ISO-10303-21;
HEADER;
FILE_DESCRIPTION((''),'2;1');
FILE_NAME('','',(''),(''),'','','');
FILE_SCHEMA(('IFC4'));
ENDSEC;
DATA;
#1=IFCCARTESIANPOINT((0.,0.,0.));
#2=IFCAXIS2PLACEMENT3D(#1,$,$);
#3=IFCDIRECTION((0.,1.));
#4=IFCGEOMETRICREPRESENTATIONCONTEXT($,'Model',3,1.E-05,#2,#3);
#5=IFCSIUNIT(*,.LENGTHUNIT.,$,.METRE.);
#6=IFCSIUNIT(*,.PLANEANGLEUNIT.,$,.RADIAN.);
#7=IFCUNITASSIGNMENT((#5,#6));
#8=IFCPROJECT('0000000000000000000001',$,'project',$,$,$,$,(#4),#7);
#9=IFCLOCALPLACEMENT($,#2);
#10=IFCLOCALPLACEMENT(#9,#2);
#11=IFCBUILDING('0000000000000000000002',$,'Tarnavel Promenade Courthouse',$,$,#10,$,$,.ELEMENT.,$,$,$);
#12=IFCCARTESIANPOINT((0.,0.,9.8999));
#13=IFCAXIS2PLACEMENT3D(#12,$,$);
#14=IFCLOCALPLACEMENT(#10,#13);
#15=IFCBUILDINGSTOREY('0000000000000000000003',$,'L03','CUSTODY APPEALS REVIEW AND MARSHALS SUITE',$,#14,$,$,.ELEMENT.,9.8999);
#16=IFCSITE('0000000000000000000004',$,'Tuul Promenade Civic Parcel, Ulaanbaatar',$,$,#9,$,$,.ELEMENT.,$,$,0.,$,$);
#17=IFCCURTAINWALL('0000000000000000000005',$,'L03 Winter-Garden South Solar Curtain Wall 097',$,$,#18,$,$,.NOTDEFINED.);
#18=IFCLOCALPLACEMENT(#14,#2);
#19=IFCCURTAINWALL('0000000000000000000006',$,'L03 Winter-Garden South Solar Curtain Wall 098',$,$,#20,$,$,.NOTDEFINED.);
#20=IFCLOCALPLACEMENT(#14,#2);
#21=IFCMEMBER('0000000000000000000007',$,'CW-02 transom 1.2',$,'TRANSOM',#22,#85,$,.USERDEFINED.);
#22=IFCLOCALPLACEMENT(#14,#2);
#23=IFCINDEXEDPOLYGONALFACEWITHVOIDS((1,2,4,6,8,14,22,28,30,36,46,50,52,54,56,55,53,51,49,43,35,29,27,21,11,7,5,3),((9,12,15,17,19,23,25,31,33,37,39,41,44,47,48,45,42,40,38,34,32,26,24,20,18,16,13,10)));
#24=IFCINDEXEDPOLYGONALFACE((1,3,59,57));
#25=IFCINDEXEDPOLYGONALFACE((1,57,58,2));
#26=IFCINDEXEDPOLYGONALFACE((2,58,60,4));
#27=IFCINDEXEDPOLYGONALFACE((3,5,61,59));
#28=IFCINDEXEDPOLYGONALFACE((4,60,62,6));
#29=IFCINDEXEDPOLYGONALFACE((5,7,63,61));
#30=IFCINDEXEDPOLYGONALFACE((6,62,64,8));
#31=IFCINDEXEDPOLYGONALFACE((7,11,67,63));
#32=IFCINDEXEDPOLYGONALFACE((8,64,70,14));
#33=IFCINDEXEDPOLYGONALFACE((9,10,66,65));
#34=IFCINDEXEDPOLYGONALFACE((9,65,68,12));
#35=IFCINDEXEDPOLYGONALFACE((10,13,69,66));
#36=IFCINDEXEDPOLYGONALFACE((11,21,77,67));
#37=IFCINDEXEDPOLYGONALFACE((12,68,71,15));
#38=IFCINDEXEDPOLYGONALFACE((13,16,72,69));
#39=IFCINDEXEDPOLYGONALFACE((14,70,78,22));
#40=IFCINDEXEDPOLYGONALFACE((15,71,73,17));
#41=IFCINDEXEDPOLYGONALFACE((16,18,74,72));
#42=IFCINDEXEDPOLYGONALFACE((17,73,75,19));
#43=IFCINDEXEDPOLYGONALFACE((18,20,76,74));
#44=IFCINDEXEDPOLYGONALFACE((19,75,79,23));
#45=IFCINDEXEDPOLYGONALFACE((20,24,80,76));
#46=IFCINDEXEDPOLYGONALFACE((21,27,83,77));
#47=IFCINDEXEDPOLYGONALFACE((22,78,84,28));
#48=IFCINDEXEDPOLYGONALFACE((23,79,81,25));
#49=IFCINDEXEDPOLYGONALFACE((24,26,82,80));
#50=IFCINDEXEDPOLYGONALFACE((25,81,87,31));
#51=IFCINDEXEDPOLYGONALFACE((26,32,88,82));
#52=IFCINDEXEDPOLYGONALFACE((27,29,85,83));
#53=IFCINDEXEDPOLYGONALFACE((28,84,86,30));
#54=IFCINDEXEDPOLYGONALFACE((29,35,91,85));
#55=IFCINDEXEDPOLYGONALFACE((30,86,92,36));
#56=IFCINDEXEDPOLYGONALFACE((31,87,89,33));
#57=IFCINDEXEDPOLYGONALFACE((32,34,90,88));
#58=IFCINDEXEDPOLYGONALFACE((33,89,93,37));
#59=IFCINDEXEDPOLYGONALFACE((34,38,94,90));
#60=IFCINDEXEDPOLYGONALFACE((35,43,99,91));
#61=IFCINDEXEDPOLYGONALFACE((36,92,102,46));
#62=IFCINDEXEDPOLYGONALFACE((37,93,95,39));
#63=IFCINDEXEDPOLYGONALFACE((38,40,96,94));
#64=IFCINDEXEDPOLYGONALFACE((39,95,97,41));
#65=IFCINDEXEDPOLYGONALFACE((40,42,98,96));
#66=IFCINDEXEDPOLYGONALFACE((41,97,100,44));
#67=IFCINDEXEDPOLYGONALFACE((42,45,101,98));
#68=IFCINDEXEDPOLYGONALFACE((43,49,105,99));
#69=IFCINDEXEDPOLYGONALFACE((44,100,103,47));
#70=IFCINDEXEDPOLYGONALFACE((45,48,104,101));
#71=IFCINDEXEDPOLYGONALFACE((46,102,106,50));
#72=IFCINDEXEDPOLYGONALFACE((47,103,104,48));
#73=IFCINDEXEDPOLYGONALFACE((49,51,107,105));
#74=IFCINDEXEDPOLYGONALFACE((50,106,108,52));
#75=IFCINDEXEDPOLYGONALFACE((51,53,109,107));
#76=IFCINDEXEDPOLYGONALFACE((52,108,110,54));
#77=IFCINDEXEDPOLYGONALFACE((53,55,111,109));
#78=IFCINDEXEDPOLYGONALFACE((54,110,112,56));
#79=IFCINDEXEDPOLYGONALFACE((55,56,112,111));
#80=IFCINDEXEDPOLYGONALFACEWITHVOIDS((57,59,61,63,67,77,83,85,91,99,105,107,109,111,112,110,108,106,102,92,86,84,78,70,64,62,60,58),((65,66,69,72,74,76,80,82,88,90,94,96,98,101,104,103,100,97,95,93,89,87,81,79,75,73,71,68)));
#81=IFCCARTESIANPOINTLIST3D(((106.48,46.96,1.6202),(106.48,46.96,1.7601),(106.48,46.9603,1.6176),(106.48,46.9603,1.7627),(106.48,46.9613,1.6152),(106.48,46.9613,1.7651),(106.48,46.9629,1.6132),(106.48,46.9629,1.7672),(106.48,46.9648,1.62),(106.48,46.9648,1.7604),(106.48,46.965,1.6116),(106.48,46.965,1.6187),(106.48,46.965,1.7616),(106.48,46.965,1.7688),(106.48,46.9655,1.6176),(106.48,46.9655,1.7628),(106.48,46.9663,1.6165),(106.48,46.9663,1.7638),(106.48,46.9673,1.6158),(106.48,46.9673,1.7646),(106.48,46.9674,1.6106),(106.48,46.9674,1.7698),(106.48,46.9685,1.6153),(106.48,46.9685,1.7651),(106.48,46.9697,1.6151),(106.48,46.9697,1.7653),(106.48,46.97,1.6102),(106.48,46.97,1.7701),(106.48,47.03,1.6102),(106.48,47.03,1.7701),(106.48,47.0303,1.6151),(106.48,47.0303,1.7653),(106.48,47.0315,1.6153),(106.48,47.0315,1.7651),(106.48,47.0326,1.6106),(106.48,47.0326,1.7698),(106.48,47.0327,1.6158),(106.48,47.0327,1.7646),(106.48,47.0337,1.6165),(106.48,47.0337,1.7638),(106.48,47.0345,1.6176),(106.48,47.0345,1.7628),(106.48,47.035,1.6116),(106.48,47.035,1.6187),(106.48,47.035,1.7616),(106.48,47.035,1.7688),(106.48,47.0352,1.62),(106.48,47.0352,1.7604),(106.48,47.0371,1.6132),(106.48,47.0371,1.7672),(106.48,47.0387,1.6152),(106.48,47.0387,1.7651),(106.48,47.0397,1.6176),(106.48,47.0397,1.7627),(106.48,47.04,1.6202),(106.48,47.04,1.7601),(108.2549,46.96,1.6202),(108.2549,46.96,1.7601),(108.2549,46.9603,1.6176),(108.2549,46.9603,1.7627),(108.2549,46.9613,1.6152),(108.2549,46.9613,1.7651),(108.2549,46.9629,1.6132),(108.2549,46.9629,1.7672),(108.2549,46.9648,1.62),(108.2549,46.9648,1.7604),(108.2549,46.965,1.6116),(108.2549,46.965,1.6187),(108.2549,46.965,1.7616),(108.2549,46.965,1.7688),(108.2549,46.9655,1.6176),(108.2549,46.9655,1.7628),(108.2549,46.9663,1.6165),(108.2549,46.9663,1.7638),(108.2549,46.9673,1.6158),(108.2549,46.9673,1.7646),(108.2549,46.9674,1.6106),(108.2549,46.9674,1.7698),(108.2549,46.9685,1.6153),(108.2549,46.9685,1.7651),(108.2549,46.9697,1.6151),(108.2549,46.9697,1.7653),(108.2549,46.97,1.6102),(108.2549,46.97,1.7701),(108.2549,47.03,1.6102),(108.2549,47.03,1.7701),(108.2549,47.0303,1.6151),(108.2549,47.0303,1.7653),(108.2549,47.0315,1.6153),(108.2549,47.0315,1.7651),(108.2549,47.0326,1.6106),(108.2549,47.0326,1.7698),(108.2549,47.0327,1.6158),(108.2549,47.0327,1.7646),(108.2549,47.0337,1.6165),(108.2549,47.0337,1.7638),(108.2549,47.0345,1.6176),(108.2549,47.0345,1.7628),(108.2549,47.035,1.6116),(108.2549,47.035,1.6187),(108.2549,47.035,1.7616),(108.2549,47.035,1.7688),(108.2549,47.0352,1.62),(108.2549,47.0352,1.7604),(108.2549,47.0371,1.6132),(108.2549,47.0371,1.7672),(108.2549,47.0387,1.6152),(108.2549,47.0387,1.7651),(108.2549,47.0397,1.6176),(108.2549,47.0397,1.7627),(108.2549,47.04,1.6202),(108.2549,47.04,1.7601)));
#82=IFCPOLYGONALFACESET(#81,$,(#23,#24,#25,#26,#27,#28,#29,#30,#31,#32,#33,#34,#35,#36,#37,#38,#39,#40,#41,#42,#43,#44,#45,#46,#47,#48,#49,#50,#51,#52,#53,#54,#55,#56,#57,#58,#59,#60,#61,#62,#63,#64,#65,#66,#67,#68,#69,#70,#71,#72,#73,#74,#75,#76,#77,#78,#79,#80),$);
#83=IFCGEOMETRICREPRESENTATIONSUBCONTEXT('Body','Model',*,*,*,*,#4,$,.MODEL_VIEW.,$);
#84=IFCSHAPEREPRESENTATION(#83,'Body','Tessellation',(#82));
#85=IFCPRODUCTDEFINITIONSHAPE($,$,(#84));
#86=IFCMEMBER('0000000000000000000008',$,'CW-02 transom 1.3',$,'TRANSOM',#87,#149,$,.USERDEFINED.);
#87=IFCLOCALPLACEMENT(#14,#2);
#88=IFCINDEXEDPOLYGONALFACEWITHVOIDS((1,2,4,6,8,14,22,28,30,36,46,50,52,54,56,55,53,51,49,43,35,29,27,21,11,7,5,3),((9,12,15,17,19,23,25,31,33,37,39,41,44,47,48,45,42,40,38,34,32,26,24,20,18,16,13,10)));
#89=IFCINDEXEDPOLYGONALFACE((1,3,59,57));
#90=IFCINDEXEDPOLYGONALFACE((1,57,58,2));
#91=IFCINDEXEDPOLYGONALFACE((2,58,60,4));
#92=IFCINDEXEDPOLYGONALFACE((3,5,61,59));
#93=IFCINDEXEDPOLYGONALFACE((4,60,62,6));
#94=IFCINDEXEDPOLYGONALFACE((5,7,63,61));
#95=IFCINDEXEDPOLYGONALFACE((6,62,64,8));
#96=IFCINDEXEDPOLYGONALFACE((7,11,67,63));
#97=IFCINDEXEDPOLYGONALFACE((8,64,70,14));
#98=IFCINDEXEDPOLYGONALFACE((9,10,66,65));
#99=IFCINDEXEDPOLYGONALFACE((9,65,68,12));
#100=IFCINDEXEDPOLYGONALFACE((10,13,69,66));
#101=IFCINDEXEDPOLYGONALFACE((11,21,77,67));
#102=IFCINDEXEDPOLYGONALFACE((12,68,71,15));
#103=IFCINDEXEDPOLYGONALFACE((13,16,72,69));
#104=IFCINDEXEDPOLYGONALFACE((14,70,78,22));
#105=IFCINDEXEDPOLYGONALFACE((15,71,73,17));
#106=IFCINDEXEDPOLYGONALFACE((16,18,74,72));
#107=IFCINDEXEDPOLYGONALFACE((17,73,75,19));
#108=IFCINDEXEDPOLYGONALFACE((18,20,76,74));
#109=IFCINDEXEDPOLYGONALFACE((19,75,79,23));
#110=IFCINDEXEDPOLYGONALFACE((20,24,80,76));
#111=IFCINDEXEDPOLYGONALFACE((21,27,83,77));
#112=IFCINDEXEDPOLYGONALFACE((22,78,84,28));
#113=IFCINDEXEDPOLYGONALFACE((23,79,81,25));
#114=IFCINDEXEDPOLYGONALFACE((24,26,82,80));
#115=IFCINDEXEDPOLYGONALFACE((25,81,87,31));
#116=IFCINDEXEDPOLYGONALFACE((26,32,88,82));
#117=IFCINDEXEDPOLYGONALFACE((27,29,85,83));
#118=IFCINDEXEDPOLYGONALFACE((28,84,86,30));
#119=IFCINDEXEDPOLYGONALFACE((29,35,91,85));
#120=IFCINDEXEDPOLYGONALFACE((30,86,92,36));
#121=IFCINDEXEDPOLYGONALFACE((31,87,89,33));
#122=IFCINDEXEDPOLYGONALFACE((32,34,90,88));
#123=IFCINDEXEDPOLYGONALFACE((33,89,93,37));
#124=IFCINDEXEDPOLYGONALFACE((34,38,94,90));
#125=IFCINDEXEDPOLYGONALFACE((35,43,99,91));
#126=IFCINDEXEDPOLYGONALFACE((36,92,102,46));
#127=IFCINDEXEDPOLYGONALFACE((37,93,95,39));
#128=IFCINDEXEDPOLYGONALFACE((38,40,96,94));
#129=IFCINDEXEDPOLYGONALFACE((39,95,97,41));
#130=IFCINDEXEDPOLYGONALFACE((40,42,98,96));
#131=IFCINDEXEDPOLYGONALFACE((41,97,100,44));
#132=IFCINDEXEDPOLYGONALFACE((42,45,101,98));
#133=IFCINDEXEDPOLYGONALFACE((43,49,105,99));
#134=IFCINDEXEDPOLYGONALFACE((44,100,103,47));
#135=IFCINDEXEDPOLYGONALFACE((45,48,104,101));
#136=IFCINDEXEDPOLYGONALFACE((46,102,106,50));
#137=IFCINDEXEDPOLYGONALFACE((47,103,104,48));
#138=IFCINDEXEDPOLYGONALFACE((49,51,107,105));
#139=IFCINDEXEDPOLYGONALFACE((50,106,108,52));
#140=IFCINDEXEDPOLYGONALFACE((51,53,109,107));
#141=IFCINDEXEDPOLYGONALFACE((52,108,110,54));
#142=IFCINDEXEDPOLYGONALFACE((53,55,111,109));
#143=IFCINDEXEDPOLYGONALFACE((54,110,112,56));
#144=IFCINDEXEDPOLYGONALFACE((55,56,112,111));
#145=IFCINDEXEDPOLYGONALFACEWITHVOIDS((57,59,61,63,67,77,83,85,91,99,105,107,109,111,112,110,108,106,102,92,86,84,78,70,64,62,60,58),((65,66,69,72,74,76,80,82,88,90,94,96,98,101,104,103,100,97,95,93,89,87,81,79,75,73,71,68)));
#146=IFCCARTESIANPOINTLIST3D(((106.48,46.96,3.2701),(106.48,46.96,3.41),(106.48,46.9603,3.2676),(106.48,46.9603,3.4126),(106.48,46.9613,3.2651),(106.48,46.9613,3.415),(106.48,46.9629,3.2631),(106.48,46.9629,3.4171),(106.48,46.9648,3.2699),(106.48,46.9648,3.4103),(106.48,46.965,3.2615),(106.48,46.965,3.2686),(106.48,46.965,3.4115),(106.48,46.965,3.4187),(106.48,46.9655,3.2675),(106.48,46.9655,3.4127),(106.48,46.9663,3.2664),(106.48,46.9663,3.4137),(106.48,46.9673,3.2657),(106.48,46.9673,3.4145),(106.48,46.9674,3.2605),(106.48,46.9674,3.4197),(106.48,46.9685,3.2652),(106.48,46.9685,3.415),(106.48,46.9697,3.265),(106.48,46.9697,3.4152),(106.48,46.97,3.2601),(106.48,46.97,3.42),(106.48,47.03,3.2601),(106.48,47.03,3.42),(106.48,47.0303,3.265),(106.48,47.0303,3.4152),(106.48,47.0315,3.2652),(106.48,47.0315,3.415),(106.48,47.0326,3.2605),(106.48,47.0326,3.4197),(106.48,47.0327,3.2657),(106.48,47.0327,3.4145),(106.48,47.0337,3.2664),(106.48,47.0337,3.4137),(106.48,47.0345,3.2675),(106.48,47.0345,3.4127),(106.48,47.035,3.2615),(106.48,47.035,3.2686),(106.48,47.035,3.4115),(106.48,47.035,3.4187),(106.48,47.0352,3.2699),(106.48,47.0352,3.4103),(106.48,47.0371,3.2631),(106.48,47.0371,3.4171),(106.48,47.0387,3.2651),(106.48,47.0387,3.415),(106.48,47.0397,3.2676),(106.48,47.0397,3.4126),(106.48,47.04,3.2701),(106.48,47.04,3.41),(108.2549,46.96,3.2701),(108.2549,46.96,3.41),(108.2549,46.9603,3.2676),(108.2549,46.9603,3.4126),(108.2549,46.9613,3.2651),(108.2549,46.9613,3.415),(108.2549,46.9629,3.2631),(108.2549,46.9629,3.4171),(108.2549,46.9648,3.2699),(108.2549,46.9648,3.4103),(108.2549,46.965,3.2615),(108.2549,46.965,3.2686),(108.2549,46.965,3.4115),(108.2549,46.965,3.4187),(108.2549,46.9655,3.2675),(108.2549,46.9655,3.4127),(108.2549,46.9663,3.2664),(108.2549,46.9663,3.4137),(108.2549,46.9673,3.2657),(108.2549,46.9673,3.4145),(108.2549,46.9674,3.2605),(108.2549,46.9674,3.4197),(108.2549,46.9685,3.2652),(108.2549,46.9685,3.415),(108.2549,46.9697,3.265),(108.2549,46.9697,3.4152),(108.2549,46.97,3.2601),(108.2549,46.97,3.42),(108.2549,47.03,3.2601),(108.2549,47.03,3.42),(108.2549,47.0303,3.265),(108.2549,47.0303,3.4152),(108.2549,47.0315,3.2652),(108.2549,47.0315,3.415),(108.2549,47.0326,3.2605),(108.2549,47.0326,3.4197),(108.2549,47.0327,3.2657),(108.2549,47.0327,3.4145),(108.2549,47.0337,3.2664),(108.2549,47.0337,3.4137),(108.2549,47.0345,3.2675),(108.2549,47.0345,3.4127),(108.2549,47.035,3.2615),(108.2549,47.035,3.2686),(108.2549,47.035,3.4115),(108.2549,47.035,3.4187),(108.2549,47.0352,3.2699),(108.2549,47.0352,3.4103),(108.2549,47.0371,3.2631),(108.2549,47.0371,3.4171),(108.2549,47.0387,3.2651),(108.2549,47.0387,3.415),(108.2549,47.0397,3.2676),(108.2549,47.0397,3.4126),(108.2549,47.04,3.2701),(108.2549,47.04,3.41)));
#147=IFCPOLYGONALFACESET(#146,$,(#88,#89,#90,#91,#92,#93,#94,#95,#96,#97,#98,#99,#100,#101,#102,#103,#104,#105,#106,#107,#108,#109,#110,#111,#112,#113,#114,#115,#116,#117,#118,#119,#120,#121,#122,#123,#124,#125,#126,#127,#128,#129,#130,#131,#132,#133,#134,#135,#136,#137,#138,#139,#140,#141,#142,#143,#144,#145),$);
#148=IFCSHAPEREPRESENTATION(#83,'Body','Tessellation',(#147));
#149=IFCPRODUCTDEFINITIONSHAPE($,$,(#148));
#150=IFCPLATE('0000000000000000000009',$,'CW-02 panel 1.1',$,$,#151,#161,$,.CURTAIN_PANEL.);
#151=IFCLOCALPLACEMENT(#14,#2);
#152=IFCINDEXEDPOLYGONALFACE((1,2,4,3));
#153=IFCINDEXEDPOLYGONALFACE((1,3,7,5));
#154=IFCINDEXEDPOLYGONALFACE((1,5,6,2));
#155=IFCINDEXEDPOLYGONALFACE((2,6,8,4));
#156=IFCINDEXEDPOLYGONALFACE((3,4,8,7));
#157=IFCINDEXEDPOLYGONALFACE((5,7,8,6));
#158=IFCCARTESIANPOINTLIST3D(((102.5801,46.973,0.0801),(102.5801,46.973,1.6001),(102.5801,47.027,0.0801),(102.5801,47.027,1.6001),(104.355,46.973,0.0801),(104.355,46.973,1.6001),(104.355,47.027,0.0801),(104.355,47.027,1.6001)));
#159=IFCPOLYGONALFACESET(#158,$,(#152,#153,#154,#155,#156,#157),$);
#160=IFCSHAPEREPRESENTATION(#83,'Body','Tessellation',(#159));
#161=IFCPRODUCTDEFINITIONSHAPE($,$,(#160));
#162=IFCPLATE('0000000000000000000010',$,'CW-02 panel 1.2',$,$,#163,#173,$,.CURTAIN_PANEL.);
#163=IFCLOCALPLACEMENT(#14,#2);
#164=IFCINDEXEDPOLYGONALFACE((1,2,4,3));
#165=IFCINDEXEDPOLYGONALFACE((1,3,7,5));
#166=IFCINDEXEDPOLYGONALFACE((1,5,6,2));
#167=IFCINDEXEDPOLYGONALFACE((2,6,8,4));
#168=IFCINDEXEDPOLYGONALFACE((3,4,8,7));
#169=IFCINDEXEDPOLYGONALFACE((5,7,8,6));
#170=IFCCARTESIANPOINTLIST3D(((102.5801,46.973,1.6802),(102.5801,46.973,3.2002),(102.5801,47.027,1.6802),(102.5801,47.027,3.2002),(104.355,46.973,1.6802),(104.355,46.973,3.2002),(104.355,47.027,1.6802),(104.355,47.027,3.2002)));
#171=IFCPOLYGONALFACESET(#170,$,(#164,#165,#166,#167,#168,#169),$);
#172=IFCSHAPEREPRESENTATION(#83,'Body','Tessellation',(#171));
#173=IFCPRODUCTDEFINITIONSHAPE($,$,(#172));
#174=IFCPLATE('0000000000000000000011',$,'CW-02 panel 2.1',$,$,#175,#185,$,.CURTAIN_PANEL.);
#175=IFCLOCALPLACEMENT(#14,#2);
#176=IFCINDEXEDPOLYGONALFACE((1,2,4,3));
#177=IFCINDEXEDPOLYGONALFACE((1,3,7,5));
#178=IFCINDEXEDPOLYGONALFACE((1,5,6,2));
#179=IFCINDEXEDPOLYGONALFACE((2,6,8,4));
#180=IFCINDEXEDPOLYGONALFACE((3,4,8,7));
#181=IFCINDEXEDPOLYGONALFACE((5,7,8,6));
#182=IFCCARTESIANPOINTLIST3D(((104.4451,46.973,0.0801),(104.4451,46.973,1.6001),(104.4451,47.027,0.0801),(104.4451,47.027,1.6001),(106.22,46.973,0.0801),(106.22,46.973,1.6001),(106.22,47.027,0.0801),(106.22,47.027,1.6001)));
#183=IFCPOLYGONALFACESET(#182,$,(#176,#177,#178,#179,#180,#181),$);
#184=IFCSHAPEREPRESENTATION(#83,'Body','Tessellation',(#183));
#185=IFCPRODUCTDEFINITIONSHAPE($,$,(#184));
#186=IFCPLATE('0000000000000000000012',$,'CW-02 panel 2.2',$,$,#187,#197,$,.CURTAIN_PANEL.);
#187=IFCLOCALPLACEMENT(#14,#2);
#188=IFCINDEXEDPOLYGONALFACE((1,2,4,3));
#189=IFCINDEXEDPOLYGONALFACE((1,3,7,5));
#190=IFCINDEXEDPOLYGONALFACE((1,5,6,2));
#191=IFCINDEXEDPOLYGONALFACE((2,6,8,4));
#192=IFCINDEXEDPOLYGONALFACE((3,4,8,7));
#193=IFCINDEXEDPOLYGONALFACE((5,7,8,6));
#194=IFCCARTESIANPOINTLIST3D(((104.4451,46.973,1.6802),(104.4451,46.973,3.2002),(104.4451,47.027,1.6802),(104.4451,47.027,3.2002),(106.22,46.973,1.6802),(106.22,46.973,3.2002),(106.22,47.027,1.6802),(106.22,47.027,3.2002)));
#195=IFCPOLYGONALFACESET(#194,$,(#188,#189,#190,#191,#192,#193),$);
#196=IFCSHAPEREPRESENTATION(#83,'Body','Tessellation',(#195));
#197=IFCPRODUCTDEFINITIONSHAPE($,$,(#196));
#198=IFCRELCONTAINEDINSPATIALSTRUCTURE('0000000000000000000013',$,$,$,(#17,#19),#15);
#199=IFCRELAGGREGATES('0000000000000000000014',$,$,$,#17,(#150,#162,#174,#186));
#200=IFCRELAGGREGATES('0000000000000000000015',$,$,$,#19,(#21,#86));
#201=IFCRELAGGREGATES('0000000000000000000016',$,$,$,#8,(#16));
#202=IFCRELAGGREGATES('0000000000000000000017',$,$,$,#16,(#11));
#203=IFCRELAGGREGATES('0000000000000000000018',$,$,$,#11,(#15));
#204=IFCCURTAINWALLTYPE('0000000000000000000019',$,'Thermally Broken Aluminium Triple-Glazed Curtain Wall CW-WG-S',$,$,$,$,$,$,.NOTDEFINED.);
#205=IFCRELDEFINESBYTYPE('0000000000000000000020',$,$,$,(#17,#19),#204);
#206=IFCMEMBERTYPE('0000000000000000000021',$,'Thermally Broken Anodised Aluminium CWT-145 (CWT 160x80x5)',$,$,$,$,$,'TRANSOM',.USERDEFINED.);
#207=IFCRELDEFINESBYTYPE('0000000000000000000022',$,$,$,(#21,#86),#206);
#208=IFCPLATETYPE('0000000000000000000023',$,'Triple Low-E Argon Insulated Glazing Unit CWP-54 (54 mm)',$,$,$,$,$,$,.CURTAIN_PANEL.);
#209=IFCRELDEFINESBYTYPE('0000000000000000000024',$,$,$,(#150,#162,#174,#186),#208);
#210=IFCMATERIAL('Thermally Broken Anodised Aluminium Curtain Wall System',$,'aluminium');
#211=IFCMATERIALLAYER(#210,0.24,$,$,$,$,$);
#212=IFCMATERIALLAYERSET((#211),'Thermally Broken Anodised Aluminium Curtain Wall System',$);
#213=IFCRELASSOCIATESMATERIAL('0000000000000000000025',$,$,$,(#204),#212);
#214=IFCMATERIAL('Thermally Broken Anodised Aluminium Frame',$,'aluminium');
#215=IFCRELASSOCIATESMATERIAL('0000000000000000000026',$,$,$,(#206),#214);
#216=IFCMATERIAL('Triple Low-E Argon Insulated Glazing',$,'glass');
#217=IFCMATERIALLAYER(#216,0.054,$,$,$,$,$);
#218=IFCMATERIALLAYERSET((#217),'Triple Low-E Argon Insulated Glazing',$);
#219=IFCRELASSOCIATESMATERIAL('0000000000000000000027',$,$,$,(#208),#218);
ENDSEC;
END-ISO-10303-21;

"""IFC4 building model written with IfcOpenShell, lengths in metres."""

from ifc_helpers import new_model, si_unit, direction, frame, origin, origin_2d, place, context, subcontext, project, spatial, rectangle, hollow_rectangle, extrude, material, layer, layer_set, material_profile, profile_set, type_object, element, aggregate, save


model = new_model("IFC4")

# Units and contexts
model_context = context("Model", 3, precision=1e-05, world=origin(), true_north=direction((0.0, 1.0)))
body_context = subcontext(model_context, "Body", "Model", "MODEL_VIEW")
ifc_project = project(units=[si_unit("LENGTHUNIT", "METRE"), si_unit("PLANEANGLEUNIT", "RADIAN")], contexts=[model_context])

# Site, building, storey
site_placement = place(None, origin())
site = spatial("IfcSite", under=ifc_project, at=site_placement, Name="Tuul Promenade Civic Parcel, Ulaanbaatar", CompositionType="ELEMENT", RefElevation=0.0)
building_placement = place(site_placement, origin())
building = spatial("IfcBuilding", under=site, at=building_placement, Name="Tarnavel Promenade Courthouse", CompositionType="ELEMENT")
storey_placement = place(building_placement, frame((0.0, 0.0, 9.8999)))
storey = spatial("IfcBuildingStorey", under=building, at=storey_placement, Name="L03", Description="CUSTODY APPEALS REVIEW AND MARSHALS SUITE", CompositionType="ELEMENT", Elevation=9.8999)

# Curtain wall
ifc_material_1 = material(Name="Thermally Broken Anodised Aluminium Curtain Wall System", Category="aluminium")
ifc_layer_1 = layer(ifc_material_1, 0.24)
ifc_layer_set_1 = layer_set([ifc_layer_1], Name="Thermally Broken Anodised Aluminium Curtain Wall System")
curtain_wall_type = type_object("IfcCurtainWallType", Name="Thermally Broken Aluminium Triple-Glazed Curtain Wall CW-WG-S", PredefinedType="NOTDEFINED", material=ifc_layer_set_1)
curtain_wall_1_placement = place(storey_placement, origin())
curtain_wall_1 = element("IfcCurtainWall", 1, at=curtain_wall_1_placement, inside=storey, type_object=curtain_wall_type, Name="L03 Winter-Garden South Solar Curtain Wall 097", PredefinedType="NOTDEFINED")
ifc_material_2 = material(Name="Thermally Broken Anodised Aluminium Frame", Category="aluminium")

# Curtain wall
curtain_wall_2_placement = place(storey_placement, origin())
curtain_wall_2 = element("IfcCurtainWall", 2, at=curtain_wall_2_placement, inside=storey, type_object=curtain_wall_type, Name="L03 Winter-Garden South Solar Curtain Wall 098", PredefinedType="NOTDEFINED")

# Members
ifc_material_profile_1 = material_profile(ifc_material_2, hollow_rectangle(XDim=0.0801, YDim=0.1599, WallThickness=0.0049, InnerFilletRadius=0.0049, OuterFilletRadius=0.01, at=origin_2d()), Name="CWT 160x80x5")
ifc_profile_set_1 = profile_set([ifc_material_profile_1], Name="Thermally Broken Anodised Aluminium Frame")
member_type_1 = type_object("IfcMemberType", Name="Thermally Broken Anodised Aluminium CWT-145 (CWT 160x80x5)", ElementType="TRANSOM", PredefinedType="USERDEFINED", material=ifc_profile_set_1)
member_1_placement = place(storey_placement, frame((106.48, 47.0, 1.6902), z_axis=(1.0, 0.0, 0.0), x_axis=(0.0, 1.0, 0.0)))
member_1 = element("IfcMember", 3, at=member_1_placement, type_object=member_type_1, Name="CW-02 transom 1.2", ObjectType="TRANSOM", PredefinedType="USERDEFINED", context=body_context, shape_type="SweptSolid", body=[
    extrude(hollow_rectangle(XDim=0.0801, YDim=0.1599, WallThickness=0.0049, InnerFilletRadius=0.0049, OuterFilletRadius=0.01, at=origin_2d()), origin(), (0.0, 0.0, 1.0), 1.7749),
])
member_2_placement = place(storey_placement, frame((106.48, 47.0, 3.3401), z_axis=(1.0, 0.0, 0.0), x_axis=(0.0, 1.0, 0.0)))
member_2 = element("IfcMember", 4, at=member_2_placement, type_object=member_type_1, Name="CW-02 transom 1.3", ObjectType="TRANSOM", PredefinedType="USERDEFINED", context=body_context, shape_type="SweptSolid", body=[
    extrude(hollow_rectangle(XDim=0.0801, YDim=0.1599, WallThickness=0.0049, InnerFilletRadius=0.0049, OuterFilletRadius=0.01, at=origin_2d()), origin(), (0.0, 0.0, 1.0), 1.7749),
])

# Plates
ifc_material_3 = material(Name="Triple Low-E Argon Insulated Glazing", Category="glass")
ifc_layer_2 = layer(ifc_material_3, 0.054)
ifc_layer_set_2 = layer_set([ifc_layer_2], Name="Triple Low-E Argon Insulated Glazing")
plate_type = type_object("IfcPlateType", Name="Triple Low-E Argon Insulated Glazing Unit CWP-54 (54 mm)", PredefinedType="CURTAIN_PANEL", material=ifc_layer_set_2)
plate_1_placement = place(storey_placement, frame((103.4675, 47.0, 0.0801), z_axis=(0.0, 0.0, 1.0), x_axis=(1.0, 0.0, 0.0)))
plate_1 = element("IfcPlate", 5, at=plate_1_placement, type_object=plate_type, Name="CW-02 panel 1.1", PredefinedType="CURTAIN_PANEL", context=body_context, shape_type="SweptSolid", body=[
    extrude(rectangle(XDim=1.7749, YDim=0.054, at=origin_2d()), origin(), (0.0, 0.0, 1.0), 1.52),
])
plate_2_placement = place(storey_placement, frame((103.4675, 47.0, 1.6802), z_axis=(0.0, 0.0, 1.0), x_axis=(1.0, 0.0, 0.0)))
plate_2 = element("IfcPlate", 6, at=plate_2_placement, type_object=plate_type, Name="CW-02 panel 1.2", PredefinedType="CURTAIN_PANEL", context=body_context, shape_type="SweptSolid", body=[
    extrude(rectangle(XDim=1.7749, YDim=0.054, at=origin_2d()), origin(), (0.0, 0.0, 1.0), 1.52),
])
plate_3_placement = place(storey_placement, frame((105.3325, 47.0, 0.0801), z_axis=(0.0, 0.0, 1.0), x_axis=(1.0, 0.0, 0.0)))
plate_3 = element("IfcPlate", 7, at=plate_3_placement, type_object=plate_type, Name="CW-02 panel 2.1", PredefinedType="CURTAIN_PANEL", context=body_context, shape_type="SweptSolid", body=[
    extrude(rectangle(XDim=1.7749, YDim=0.054, at=origin_2d()), origin(), (0.0, 0.0, 1.0), 1.52),
])
plate_4_placement = place(storey_placement, frame((105.3325, 47.0, 1.6802), z_axis=(0.0, 0.0, 1.0), x_axis=(1.0, 0.0, 0.0)))
plate_4 = element("IfcPlate", 8, at=plate_4_placement, type_object=plate_type, Name="CW-02 panel 2.2", PredefinedType="CURTAIN_PANEL", context=body_context, shape_type="SweptSolid", body=[
    extrude(rectangle(XDim=1.7749, YDim=0.054, at=origin_2d()), origin(), (0.0, 0.0, 1.0), 1.52),
])
aggregate(curtain_wall_1, [plate_1, plate_2, plate_3, plate_4])
aggregate(curtain_wall_2, [member_1, member_2])

save(model, "model.ifc")
